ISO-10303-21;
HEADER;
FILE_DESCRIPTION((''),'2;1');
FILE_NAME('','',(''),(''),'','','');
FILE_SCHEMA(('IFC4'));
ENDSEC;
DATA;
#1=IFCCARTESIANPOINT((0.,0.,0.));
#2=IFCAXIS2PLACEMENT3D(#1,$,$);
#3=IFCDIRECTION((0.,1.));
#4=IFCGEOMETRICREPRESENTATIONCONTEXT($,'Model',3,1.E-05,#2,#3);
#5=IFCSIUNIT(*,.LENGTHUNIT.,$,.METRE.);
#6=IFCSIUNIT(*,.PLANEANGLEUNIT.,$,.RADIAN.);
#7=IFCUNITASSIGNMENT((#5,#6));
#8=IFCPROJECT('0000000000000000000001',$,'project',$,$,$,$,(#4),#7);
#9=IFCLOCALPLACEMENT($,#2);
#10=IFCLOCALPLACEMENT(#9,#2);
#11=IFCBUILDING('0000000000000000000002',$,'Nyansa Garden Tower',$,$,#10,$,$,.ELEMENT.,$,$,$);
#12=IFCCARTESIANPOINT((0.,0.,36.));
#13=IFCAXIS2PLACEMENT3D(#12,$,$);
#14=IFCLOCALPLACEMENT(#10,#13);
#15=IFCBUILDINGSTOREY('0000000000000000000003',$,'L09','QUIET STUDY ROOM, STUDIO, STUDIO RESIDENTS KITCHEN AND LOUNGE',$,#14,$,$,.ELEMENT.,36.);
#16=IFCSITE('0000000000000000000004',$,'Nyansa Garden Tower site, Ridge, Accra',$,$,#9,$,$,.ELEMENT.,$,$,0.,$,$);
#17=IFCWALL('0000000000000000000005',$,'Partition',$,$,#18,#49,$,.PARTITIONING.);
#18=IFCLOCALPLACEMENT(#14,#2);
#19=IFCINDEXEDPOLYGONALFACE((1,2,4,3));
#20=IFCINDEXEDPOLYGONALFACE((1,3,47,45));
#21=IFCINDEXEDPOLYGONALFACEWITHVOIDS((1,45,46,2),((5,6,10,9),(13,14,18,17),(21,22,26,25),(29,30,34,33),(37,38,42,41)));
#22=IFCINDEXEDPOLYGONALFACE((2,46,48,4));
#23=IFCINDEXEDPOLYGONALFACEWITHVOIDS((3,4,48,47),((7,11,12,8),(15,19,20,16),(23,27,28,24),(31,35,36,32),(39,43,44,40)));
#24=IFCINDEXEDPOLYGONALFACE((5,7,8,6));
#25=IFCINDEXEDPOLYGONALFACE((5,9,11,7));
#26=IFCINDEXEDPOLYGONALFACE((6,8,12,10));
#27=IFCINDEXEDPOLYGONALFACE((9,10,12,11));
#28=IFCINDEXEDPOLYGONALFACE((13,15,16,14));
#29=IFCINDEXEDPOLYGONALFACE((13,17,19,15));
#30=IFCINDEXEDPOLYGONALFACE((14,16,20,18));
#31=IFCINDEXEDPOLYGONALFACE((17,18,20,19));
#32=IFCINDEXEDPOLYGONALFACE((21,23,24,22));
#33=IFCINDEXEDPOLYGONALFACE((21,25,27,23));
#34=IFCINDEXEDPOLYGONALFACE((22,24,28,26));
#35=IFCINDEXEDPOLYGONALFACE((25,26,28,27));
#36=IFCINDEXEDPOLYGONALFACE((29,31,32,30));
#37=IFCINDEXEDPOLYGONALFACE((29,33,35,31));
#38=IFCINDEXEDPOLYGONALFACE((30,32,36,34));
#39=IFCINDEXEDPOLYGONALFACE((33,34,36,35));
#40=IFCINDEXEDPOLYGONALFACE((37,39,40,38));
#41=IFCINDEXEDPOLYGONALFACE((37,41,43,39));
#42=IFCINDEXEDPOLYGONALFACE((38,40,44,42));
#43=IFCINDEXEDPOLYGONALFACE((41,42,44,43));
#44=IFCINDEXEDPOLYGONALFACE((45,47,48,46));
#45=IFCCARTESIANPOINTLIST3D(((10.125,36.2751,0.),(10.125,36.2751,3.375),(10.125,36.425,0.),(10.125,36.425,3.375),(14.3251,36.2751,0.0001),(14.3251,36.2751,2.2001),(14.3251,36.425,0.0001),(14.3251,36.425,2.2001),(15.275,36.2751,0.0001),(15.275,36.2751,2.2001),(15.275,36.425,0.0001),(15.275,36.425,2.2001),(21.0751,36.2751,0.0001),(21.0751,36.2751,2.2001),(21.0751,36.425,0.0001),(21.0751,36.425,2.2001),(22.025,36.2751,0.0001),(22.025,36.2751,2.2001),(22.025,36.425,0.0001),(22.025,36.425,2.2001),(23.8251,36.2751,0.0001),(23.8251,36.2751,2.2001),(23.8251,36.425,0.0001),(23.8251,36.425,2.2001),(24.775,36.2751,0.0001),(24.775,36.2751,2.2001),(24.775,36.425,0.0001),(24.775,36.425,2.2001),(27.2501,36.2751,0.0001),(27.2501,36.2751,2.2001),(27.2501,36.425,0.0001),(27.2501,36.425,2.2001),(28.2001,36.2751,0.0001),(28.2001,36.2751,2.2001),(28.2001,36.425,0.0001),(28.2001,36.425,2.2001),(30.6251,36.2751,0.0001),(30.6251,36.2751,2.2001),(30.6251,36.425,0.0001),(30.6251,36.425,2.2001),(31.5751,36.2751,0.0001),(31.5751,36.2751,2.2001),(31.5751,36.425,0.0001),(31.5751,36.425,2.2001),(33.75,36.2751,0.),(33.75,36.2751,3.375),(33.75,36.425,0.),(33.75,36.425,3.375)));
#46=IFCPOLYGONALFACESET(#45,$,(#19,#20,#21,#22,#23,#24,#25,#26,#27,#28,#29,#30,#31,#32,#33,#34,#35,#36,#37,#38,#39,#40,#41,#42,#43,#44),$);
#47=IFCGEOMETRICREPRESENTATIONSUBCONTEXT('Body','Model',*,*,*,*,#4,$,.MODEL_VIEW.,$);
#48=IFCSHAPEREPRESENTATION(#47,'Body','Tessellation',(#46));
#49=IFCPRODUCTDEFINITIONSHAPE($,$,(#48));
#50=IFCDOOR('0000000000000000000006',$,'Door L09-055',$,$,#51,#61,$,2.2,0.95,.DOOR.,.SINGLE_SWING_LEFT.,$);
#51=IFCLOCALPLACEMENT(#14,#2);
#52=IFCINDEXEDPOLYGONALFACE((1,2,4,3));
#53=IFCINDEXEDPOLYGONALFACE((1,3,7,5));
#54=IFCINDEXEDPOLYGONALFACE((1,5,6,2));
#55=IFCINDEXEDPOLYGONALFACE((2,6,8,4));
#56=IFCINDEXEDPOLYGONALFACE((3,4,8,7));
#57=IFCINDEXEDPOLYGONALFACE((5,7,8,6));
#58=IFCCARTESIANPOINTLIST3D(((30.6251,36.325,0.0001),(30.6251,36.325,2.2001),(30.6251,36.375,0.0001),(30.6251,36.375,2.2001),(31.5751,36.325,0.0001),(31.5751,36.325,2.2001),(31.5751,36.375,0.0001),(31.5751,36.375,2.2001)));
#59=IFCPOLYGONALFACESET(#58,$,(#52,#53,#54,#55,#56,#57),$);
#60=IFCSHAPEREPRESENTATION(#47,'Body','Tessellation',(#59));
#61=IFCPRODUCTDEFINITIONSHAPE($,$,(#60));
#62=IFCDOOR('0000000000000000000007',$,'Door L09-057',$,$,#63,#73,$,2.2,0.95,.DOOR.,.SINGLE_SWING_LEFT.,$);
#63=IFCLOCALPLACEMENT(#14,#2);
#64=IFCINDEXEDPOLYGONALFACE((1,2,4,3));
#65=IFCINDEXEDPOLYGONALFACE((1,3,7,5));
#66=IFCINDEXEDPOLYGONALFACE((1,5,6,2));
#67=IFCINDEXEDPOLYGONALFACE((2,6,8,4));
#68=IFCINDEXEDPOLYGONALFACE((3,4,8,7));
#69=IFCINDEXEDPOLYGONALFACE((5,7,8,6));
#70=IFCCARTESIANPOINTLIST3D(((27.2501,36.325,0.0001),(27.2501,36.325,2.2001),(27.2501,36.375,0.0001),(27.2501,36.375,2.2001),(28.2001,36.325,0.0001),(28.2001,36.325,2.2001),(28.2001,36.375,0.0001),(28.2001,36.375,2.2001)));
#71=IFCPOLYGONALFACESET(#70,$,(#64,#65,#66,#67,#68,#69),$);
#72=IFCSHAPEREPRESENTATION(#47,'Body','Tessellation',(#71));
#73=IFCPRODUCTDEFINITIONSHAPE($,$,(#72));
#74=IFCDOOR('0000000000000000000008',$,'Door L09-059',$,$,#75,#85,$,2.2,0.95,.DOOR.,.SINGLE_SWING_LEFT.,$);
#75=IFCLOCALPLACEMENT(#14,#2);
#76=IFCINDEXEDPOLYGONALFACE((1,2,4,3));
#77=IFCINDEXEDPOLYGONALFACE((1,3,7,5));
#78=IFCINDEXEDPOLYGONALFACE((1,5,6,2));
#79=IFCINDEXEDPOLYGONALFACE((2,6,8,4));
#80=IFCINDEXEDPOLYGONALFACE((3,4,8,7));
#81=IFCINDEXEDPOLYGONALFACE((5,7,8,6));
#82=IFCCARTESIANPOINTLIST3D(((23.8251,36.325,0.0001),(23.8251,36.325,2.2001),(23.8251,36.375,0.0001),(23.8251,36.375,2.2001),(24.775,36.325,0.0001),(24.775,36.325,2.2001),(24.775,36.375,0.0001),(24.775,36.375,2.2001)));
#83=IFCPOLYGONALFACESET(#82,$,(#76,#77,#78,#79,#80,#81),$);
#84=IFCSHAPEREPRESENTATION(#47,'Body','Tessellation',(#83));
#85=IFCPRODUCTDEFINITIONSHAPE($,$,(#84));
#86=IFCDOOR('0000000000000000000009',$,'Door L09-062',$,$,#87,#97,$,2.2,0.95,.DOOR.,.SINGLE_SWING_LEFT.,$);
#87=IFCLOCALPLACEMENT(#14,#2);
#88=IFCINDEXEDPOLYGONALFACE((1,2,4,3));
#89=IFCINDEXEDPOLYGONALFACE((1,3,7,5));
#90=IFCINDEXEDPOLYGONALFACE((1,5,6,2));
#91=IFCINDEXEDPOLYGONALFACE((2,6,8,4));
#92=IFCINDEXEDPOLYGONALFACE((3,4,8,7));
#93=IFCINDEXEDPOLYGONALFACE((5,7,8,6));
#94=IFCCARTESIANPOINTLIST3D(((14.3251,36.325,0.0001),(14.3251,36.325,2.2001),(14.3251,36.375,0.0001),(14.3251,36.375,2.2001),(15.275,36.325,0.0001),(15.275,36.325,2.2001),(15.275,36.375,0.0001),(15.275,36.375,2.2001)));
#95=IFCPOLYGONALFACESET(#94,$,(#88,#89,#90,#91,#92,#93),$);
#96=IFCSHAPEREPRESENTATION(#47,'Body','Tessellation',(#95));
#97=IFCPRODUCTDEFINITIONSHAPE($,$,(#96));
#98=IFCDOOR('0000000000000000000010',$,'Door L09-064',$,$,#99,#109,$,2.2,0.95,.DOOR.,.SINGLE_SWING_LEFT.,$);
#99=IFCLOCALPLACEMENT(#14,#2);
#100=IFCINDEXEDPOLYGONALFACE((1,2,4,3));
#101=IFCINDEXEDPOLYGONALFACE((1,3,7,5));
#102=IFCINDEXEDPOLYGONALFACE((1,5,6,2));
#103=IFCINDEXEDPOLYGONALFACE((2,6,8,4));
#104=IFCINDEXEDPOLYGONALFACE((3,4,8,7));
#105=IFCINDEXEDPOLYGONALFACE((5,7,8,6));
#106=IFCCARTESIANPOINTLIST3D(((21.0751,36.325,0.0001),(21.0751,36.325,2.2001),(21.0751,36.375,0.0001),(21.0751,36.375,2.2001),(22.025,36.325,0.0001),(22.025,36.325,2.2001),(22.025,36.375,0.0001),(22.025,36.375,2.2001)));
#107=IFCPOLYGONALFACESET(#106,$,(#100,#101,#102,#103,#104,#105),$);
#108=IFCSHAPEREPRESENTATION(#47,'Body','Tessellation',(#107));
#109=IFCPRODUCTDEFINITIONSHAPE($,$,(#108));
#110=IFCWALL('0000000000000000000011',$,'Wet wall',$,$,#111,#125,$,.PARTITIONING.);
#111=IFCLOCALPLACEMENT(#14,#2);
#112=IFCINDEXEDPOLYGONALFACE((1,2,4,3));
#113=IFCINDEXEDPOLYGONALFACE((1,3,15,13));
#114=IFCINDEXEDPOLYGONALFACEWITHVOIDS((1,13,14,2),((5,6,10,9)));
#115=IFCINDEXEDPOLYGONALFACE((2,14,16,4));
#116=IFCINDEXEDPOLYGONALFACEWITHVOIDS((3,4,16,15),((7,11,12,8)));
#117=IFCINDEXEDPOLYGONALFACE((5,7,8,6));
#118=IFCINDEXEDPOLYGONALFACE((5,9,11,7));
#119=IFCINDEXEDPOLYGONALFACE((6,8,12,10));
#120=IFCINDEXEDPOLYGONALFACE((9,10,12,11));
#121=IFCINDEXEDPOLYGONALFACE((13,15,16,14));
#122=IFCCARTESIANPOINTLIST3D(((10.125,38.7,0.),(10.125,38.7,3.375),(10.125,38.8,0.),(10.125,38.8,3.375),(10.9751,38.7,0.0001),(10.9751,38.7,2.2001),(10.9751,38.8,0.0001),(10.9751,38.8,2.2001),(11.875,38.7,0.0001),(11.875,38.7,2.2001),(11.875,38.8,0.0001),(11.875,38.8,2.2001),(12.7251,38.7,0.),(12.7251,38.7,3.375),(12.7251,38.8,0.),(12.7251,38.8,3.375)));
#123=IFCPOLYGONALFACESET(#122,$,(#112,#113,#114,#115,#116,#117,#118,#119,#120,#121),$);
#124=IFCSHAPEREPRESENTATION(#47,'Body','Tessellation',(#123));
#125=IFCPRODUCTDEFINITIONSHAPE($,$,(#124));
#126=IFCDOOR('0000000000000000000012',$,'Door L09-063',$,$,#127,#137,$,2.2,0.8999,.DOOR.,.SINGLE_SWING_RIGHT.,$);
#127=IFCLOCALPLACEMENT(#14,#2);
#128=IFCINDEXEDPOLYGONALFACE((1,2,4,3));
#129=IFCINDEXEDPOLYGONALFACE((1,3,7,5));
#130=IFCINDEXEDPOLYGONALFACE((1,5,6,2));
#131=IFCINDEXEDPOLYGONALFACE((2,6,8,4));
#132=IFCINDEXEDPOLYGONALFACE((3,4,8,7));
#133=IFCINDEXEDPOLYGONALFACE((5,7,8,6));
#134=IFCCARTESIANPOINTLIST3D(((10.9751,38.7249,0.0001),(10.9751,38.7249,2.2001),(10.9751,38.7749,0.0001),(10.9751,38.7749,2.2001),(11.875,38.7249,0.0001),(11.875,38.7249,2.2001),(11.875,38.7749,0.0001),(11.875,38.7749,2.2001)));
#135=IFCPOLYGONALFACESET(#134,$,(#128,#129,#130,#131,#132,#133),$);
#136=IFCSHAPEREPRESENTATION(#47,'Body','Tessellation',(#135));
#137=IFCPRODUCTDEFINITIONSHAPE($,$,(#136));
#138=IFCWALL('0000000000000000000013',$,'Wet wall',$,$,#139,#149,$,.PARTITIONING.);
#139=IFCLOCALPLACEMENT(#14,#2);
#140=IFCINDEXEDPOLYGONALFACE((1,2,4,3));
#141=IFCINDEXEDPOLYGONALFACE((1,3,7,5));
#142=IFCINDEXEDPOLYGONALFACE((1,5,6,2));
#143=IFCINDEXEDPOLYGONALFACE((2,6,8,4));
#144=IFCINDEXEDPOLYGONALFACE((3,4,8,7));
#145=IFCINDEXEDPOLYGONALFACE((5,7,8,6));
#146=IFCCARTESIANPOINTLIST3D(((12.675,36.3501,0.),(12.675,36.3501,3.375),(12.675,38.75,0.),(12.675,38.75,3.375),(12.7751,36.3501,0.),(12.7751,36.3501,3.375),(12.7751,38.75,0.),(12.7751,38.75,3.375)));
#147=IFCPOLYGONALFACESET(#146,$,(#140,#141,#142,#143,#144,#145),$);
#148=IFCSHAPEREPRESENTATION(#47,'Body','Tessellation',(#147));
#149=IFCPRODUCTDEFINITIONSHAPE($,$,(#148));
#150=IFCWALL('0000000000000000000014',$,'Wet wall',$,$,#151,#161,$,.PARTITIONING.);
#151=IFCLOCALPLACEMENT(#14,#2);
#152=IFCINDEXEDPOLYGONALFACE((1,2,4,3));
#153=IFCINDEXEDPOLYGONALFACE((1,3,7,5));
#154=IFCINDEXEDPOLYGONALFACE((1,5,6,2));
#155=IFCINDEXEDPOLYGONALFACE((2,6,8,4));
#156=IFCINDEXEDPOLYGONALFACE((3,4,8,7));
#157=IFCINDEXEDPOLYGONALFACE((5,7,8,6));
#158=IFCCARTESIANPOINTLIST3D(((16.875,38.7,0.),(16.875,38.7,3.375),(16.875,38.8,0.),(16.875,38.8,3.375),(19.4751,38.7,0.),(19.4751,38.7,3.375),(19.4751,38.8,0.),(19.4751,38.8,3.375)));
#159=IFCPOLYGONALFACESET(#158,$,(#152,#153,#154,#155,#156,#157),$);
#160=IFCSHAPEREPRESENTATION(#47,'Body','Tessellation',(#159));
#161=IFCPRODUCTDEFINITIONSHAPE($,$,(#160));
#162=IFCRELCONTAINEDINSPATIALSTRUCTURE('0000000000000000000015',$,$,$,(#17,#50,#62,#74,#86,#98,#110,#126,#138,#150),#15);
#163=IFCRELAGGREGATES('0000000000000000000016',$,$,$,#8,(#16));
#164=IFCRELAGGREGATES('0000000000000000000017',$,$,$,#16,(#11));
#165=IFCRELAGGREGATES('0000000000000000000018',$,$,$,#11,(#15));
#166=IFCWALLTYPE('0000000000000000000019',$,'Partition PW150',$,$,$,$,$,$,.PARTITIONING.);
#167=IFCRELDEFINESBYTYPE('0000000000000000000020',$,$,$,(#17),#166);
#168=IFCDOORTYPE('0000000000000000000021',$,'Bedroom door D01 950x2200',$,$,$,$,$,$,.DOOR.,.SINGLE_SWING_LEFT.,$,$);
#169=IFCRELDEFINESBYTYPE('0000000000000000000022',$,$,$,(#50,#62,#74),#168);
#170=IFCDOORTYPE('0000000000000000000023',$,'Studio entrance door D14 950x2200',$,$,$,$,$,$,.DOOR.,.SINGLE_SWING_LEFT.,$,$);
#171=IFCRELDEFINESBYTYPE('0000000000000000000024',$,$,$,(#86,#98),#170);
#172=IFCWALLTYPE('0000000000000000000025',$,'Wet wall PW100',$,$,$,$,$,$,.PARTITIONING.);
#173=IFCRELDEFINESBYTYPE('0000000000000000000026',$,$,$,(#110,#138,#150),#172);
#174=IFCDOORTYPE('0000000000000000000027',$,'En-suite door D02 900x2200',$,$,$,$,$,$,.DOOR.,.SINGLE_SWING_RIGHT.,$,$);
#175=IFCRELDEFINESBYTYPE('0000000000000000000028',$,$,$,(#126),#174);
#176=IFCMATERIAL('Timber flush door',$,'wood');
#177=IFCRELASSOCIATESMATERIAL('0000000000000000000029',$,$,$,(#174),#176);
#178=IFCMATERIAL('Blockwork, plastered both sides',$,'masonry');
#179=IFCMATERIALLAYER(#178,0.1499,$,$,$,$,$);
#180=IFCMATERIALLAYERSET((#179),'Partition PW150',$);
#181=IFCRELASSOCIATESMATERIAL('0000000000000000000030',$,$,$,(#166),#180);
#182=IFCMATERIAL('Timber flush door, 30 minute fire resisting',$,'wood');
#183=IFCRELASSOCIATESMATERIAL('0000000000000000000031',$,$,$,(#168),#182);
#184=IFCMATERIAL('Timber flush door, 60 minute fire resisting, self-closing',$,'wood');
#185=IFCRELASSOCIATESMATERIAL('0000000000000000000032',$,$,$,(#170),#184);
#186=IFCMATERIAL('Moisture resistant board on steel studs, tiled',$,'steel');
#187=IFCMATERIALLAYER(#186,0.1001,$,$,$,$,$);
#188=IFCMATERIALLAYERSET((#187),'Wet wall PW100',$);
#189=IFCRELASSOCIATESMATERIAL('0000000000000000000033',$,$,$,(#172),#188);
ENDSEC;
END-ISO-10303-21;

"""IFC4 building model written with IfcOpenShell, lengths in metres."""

from ifc_helpers import new_model, si_unit, direction, frame, frame_2d, origin, place, context, subcontext, project, spatial, rectangle, extrude, material, layer, layer_set, type_object, element, fill, save


model = new_model("IFC4")

# Units and contexts
model_context = context("Model", 3, precision=1e-05, world=origin(), true_north=direction((0.0, 1.0)))
body_context = subcontext(model_context, "Body", "Model", "MODEL_VIEW")
ifc_project = project(units=[si_unit("LENGTHUNIT", "METRE"), si_unit("PLANEANGLEUNIT", "RADIAN")], contexts=[model_context])

# Site, building, storey
site_placement = place(None, origin())
site = spatial("IfcSite", under=ifc_project, at=site_placement, Name="Nyansa Garden Tower site, Ridge, Accra", CompositionType="ELEMENT", RefElevation=0.0)
building_placement = place(site_placement, origin())
building = spatial("IfcBuilding", under=site, at=building_placement, Name="Nyansa Garden Tower", CompositionType="ELEMENT")
storey_placement = place(building_placement, frame((0.0, 0.0, 36.0)))
storey = spatial("IfcBuildingStorey", under=building, at=storey_placement, Name="L09", Description="QUIET STUDY ROOM, STUDIO, STUDIO RESIDENTS KITCHEN AND LOUNGE", CompositionType="ELEMENT", Elevation=36.0)

# Shared definitions
ifc_material_1 = material(Name="Timber flush door", Category="wood")
door_type_1 = type_object("IfcDoorType", Name="En-suite door D02 900x2200", OperationType="SINGLE_SWING_RIGHT", PredefinedType="DOOR", material=ifc_material_1)
ifc_material_2 = material(Name="Blockwork, plastered both sides", Category="masonry")
ifc_layer_1 = layer(ifc_material_2, 0.1499)
ifc_layer_set_1 = layer_set([ifc_layer_1], Name="Partition PW150")
wall_type_1 = type_object("IfcWallType", Name="Partition PW150", PredefinedType="PARTITIONING", material=ifc_layer_set_1)
ifc_material_3 = material(Name="Timber flush door, 30 minute fire resisting", Category="wood")
door_type_2 = type_object("IfcDoorType", Name="Bedroom door D01 950x2200", OperationType="SINGLE_SWING_LEFT", PredefinedType="DOOR", material=ifc_material_3)

# Wall, openings, doors
wall_1_placement = place(storey_placement, frame((10.125, 36.3501, 0.0), z_axis=(0.0, 0.0, 1.0), x_axis=(1.0, 0.0, 0.0)))
wall_1 = element("IfcWall", 1, at=wall_1_placement, inside=storey, type_object=wall_type_1, Name="Partition", PredefinedType="PARTITIONING", context=body_context, shape_type="SweptSolid", body=[
    extrude(rectangle(XDim=23.625, YDim=0.1499, at=frame_2d((11.8125, 0.0))), origin(), (0.0, 0.0, 1.0), 3.375),
])
opening_1_placement = place(wall_1_placement, frame((20.5, 0.0, 0.0)))
opening_1 = element("IfcOpeningElement", 2, at=opening_1_placement, cuts=wall_1, PredefinedType="OPENING", context=body_context, shape_type="SweptSolid", body=[
    extrude(rectangle(XDim=0.95, YDim=2.2, at=frame_2d((0.4751, 1.1001))), frame((0.0, 0.085, 0.0), z_axis=(0.0, -1.0, 0.0), x_axis=(1.0, 0.0, 0.0)), (0.0, 0.0, 1.0), 0.1699),
])
opening_2_placement = place(wall_1_placement, frame((17.125, 0.0, 0.0)))
opening_2 = element("IfcOpeningElement", 3, at=opening_2_placement, cuts=wall_1, PredefinedType="OPENING", context=body_context, shape_type="SweptSolid", body=[
    extrude(rectangle(XDim=0.95, YDim=2.2, at=frame_2d((0.4751, 1.1001))), frame((0.0, 0.085, 0.0), z_axis=(0.0, -1.0, 0.0), x_axis=(1.0, 0.0, 0.0)), (0.0, 0.0, 1.0), 0.1699),
])
opening_3_placement = place(wall_1_placement, frame((13.7, 0.0, 0.0)))
opening_3 = element("IfcOpeningElement", 4, at=opening_3_placement, cuts=wall_1, PredefinedType="OPENING", context=body_context, shape_type="SweptSolid", body=[
    extrude(rectangle(XDim=0.95, YDim=2.2, at=frame_2d((0.4751, 1.1001))), frame((0.0, 0.085, 0.0), z_axis=(0.0, -1.0, 0.0), x_axis=(1.0, 0.0, 0.0)), (0.0, 0.0, 1.0), 0.1699),
])
opening_4_placement = place(wall_1_placement, frame((4.2, 0.0, 0.0)))
opening_4 = element("IfcOpeningElement", 5, at=opening_4_placement, cuts=wall_1, PredefinedType="OPENING", context=body_context, shape_type="SweptSolid", body=[
    extrude(rectangle(XDim=0.95, YDim=2.2, at=frame_2d((0.4751, 1.1001))), frame((0.0, 0.085, 0.0), z_axis=(0.0, -1.0, 0.0), x_axis=(1.0, 0.0, 0.0)), (0.0, 0.0, 1.0), 0.1699),
])
opening_5_placement = place(wall_1_placement, frame((10.95, 0.0, 0.0)))
opening_5 = element("IfcOpeningElement", 6, at=opening_5_placement, cuts=wall_1, PredefinedType="OPENING", context=body_context, shape_type="SweptSolid", body=[
    extrude(rectangle(XDim=0.95, YDim=2.2, at=frame_2d((0.4751, 1.1001))), frame((0.0, 0.085, 0.0), z_axis=(0.0, -1.0, 0.0), x_axis=(1.0, 0.0, 0.0)), (0.0, 0.0, 1.0), 0.1699),
])
door_1_placement = place(opening_1_placement, origin())
door_1 = element("IfcDoor", 7, at=door_1_placement, inside=storey, type_object=door_type_2, Name="Door L09-055", OperationType="SINGLE_SWING_LEFT", OverallHeight=2.2, OverallWidth=0.95, PredefinedType="DOOR", context=body_context, shape_type="SweptSolid", body=[
    extrude(rectangle(XDim=0.95, YDim=2.2, at=frame_2d((0.4751, 1.1001))), frame((0.0, 0.0249, 0.0), z_axis=(0.0, -1.0, 0.0), x_axis=(1.0, 0.0, 0.0)), (0.0, 0.0, 1.0), 0.05),
])
fill(opening_1, door_1)
door_2_placement = place(opening_2_placement, origin())
door_2 = element("IfcDoor", 8, at=door_2_placement, inside=storey, type_object=door_type_2, Name="Door L09-057", OperationType="SINGLE_SWING_LEFT", OverallHeight=2.2, OverallWidth=0.95, PredefinedType="DOOR", context=body_context, shape_type="SweptSolid", body=[
    extrude(rectangle(XDim=0.95, YDim=2.2, at=frame_2d((0.4751, 1.1001))), frame((0.0, 0.0249, 0.0), z_axis=(0.0, -1.0, 0.0), x_axis=(1.0, 0.0, 0.0)), (0.0, 0.0, 1.0), 0.05),
])
fill(opening_2, door_2)
door_3_placement = place(opening_3_placement, origin())
door_3 = element("IfcDoor", 9, at=door_3_placement, inside=storey, type_object=door_type_2, Name="Door L09-059", OperationType="SINGLE_SWING_LEFT", OverallHeight=2.2, OverallWidth=0.95, PredefinedType="DOOR", context=body_context, shape_type="SweptSolid", body=[
    extrude(rectangle(XDim=0.95, YDim=2.2, at=frame_2d((0.4751, 1.1001))), frame((0.0, 0.0249, 0.0), z_axis=(0.0, -1.0, 0.0), x_axis=(1.0, 0.0, 0.0)), (0.0, 0.0, 1.0), 0.05),
])
fill(opening_3, door_3)
ifc_material_4 = material(Name="Timber flush door, 60 minute fire resisting, self-closing", Category="wood")
door_type_3 = type_object("IfcDoorType", Name="Studio entrance door D14 950x2200", OperationType="SINGLE_SWING_LEFT", PredefinedType="DOOR", material=ifc_material_4)
door_4_placement = place(opening_4_placement, origin())
door_4 = element("IfcDoor", 10, at=door_4_placement, inside=storey, type_object=door_type_3, Name="Door L09-062", OperationType="SINGLE_SWING_LEFT", OverallHeight=2.2, OverallWidth=0.95, PredefinedType="DOOR", context=body_context, shape_type="SweptSolid", body=[
    extrude(rectangle(XDim=0.95, YDim=2.2, at=frame_2d((0.4751, 1.1001))), frame((0.0, 0.0249, 0.0), z_axis=(0.0, -1.0, 0.0), x_axis=(1.0, 0.0, 0.0)), (0.0, 0.0, 1.0), 0.05),
])
fill(opening_4, door_4)
door_5_placement = place(opening_5_placement, origin())
door_5 = element("IfcDoor", 11, at=door_5_placement, inside=storey, type_object=door_type_3, Name="Door L09-064", OperationType="SINGLE_SWING_LEFT", OverallHeight=2.2, OverallWidth=0.95, PredefinedType="DOOR", context=body_context, shape_type="SweptSolid", body=[
    extrude(rectangle(XDim=0.95, YDim=2.2, at=frame_2d((0.4751, 1.1001))), frame((0.0, 0.0249, 0.0), z_axis=(0.0, -1.0, 0.0), x_axis=(1.0, 0.0, 0.0)), (0.0, 0.0, 1.0), 0.05),
])
fill(opening_5, door_5)

# Wall, opening, door
ifc_material_5 = material(Name="Moisture resistant board on steel studs, tiled", Category="steel")
ifc_layer_2 = layer(ifc_material_5, 0.1001)
ifc_layer_set_2 = layer_set([ifc_layer_2], Name="Wet wall PW100")
wall_type_2 = type_object("IfcWallType", Name="Wet wall PW100", PredefinedType="PARTITIONING", material=ifc_layer_set_2)
wall_2_placement = place(storey_placement, frame((10.125, 38.75, 0.0), z_axis=(0.0, 0.0, 1.0), x_axis=(1.0, 0.0, 0.0)))
wall_2 = element("IfcWall", 12, at=wall_2_placement, inside=storey, type_object=wall_type_2, Name="Wet wall", PredefinedType="PARTITIONING", context=body_context, shape_type="SweptSolid", body=[
    extrude(rectangle(XDim=2.6001, YDim=0.1001, at=frame_2d((1.3, 0.0))), origin(), (0.0, 0.0, 1.0), 3.375),
])
opening_6_placement = place(wall_2_placement, frame((0.8501, 0.0, 0.0)))
opening_6 = element("IfcOpeningElement", 13, at=opening_6_placement, cuts=wall_2, PredefinedType="OPENING", context=body_context, shape_type="SweptSolid", body=[
    extrude(rectangle(XDim=0.8999, YDim=2.2, at=frame_2d((0.45, 1.1001))), frame((0.0, 0.0601, 0.0), z_axis=(0.0, -1.0, 0.0), x_axis=(1.0, 0.0, 0.0)), (0.0, 0.0, 1.0), 0.1201),
])
door_6_placement = place(opening_6_placement, origin())
door_6 = element("IfcDoor", 14, at=door_6_placement, inside=storey, type_object=door_type_1, Name="Door L09-063", OperationType="SINGLE_SWING_RIGHT", OverallHeight=2.2, OverallWidth=0.8999, PredefinedType="DOOR", context=body_context, shape_type="SweptSolid", body=[
    extrude(rectangle(XDim=0.8999, YDim=2.2, at=frame_2d((0.45, 1.1001))), frame((0.0, 0.0249, 0.0), z_axis=(0.0, -1.0, 0.0), x_axis=(1.0, 0.0, 0.0)), (0.0, 0.0, 1.0), 0.05),
])
fill(opening_6, door_6)

# Walls
wall_3_placement = place(storey_placement, frame((12.7251, 36.3501, 0.0), z_axis=(0.0, 0.0, 1.0), x_axis=(0.0, 1.0, 0.0)))
element("IfcWall", 15, at=wall_3_placement, inside=storey, type_object=wall_type_2, Name="Wet wall", PredefinedType="PARTITIONING", context=body_context, shape_type="SweptSolid", body=[
    extrude(rectangle(XDim=2.3999, YDim=0.1001, at=frame_2d((1.2, 0.0))), origin(), (0.0, 0.0, 1.0), 3.375),
])
wall_4_placement = place(storey_placement, frame((16.875, 38.75, 0.0), z_axis=(0.0, 0.0, 1.0), x_axis=(1.0, 0.0, 0.0)))
element("IfcWall", 16, at=wall_4_placement, inside=storey, type_object=wall_type_2, Name="Wet wall", PredefinedType="PARTITIONING", context=body_context, shape_type="SweptSolid", body=[
    extrude(rectangle(XDim=2.6001, YDim=0.1001, at=frame_2d((1.3, 0.0))), origin(), (0.0, 0.0, 1.0), 3.375),
])

save(model, "model.ifc")
